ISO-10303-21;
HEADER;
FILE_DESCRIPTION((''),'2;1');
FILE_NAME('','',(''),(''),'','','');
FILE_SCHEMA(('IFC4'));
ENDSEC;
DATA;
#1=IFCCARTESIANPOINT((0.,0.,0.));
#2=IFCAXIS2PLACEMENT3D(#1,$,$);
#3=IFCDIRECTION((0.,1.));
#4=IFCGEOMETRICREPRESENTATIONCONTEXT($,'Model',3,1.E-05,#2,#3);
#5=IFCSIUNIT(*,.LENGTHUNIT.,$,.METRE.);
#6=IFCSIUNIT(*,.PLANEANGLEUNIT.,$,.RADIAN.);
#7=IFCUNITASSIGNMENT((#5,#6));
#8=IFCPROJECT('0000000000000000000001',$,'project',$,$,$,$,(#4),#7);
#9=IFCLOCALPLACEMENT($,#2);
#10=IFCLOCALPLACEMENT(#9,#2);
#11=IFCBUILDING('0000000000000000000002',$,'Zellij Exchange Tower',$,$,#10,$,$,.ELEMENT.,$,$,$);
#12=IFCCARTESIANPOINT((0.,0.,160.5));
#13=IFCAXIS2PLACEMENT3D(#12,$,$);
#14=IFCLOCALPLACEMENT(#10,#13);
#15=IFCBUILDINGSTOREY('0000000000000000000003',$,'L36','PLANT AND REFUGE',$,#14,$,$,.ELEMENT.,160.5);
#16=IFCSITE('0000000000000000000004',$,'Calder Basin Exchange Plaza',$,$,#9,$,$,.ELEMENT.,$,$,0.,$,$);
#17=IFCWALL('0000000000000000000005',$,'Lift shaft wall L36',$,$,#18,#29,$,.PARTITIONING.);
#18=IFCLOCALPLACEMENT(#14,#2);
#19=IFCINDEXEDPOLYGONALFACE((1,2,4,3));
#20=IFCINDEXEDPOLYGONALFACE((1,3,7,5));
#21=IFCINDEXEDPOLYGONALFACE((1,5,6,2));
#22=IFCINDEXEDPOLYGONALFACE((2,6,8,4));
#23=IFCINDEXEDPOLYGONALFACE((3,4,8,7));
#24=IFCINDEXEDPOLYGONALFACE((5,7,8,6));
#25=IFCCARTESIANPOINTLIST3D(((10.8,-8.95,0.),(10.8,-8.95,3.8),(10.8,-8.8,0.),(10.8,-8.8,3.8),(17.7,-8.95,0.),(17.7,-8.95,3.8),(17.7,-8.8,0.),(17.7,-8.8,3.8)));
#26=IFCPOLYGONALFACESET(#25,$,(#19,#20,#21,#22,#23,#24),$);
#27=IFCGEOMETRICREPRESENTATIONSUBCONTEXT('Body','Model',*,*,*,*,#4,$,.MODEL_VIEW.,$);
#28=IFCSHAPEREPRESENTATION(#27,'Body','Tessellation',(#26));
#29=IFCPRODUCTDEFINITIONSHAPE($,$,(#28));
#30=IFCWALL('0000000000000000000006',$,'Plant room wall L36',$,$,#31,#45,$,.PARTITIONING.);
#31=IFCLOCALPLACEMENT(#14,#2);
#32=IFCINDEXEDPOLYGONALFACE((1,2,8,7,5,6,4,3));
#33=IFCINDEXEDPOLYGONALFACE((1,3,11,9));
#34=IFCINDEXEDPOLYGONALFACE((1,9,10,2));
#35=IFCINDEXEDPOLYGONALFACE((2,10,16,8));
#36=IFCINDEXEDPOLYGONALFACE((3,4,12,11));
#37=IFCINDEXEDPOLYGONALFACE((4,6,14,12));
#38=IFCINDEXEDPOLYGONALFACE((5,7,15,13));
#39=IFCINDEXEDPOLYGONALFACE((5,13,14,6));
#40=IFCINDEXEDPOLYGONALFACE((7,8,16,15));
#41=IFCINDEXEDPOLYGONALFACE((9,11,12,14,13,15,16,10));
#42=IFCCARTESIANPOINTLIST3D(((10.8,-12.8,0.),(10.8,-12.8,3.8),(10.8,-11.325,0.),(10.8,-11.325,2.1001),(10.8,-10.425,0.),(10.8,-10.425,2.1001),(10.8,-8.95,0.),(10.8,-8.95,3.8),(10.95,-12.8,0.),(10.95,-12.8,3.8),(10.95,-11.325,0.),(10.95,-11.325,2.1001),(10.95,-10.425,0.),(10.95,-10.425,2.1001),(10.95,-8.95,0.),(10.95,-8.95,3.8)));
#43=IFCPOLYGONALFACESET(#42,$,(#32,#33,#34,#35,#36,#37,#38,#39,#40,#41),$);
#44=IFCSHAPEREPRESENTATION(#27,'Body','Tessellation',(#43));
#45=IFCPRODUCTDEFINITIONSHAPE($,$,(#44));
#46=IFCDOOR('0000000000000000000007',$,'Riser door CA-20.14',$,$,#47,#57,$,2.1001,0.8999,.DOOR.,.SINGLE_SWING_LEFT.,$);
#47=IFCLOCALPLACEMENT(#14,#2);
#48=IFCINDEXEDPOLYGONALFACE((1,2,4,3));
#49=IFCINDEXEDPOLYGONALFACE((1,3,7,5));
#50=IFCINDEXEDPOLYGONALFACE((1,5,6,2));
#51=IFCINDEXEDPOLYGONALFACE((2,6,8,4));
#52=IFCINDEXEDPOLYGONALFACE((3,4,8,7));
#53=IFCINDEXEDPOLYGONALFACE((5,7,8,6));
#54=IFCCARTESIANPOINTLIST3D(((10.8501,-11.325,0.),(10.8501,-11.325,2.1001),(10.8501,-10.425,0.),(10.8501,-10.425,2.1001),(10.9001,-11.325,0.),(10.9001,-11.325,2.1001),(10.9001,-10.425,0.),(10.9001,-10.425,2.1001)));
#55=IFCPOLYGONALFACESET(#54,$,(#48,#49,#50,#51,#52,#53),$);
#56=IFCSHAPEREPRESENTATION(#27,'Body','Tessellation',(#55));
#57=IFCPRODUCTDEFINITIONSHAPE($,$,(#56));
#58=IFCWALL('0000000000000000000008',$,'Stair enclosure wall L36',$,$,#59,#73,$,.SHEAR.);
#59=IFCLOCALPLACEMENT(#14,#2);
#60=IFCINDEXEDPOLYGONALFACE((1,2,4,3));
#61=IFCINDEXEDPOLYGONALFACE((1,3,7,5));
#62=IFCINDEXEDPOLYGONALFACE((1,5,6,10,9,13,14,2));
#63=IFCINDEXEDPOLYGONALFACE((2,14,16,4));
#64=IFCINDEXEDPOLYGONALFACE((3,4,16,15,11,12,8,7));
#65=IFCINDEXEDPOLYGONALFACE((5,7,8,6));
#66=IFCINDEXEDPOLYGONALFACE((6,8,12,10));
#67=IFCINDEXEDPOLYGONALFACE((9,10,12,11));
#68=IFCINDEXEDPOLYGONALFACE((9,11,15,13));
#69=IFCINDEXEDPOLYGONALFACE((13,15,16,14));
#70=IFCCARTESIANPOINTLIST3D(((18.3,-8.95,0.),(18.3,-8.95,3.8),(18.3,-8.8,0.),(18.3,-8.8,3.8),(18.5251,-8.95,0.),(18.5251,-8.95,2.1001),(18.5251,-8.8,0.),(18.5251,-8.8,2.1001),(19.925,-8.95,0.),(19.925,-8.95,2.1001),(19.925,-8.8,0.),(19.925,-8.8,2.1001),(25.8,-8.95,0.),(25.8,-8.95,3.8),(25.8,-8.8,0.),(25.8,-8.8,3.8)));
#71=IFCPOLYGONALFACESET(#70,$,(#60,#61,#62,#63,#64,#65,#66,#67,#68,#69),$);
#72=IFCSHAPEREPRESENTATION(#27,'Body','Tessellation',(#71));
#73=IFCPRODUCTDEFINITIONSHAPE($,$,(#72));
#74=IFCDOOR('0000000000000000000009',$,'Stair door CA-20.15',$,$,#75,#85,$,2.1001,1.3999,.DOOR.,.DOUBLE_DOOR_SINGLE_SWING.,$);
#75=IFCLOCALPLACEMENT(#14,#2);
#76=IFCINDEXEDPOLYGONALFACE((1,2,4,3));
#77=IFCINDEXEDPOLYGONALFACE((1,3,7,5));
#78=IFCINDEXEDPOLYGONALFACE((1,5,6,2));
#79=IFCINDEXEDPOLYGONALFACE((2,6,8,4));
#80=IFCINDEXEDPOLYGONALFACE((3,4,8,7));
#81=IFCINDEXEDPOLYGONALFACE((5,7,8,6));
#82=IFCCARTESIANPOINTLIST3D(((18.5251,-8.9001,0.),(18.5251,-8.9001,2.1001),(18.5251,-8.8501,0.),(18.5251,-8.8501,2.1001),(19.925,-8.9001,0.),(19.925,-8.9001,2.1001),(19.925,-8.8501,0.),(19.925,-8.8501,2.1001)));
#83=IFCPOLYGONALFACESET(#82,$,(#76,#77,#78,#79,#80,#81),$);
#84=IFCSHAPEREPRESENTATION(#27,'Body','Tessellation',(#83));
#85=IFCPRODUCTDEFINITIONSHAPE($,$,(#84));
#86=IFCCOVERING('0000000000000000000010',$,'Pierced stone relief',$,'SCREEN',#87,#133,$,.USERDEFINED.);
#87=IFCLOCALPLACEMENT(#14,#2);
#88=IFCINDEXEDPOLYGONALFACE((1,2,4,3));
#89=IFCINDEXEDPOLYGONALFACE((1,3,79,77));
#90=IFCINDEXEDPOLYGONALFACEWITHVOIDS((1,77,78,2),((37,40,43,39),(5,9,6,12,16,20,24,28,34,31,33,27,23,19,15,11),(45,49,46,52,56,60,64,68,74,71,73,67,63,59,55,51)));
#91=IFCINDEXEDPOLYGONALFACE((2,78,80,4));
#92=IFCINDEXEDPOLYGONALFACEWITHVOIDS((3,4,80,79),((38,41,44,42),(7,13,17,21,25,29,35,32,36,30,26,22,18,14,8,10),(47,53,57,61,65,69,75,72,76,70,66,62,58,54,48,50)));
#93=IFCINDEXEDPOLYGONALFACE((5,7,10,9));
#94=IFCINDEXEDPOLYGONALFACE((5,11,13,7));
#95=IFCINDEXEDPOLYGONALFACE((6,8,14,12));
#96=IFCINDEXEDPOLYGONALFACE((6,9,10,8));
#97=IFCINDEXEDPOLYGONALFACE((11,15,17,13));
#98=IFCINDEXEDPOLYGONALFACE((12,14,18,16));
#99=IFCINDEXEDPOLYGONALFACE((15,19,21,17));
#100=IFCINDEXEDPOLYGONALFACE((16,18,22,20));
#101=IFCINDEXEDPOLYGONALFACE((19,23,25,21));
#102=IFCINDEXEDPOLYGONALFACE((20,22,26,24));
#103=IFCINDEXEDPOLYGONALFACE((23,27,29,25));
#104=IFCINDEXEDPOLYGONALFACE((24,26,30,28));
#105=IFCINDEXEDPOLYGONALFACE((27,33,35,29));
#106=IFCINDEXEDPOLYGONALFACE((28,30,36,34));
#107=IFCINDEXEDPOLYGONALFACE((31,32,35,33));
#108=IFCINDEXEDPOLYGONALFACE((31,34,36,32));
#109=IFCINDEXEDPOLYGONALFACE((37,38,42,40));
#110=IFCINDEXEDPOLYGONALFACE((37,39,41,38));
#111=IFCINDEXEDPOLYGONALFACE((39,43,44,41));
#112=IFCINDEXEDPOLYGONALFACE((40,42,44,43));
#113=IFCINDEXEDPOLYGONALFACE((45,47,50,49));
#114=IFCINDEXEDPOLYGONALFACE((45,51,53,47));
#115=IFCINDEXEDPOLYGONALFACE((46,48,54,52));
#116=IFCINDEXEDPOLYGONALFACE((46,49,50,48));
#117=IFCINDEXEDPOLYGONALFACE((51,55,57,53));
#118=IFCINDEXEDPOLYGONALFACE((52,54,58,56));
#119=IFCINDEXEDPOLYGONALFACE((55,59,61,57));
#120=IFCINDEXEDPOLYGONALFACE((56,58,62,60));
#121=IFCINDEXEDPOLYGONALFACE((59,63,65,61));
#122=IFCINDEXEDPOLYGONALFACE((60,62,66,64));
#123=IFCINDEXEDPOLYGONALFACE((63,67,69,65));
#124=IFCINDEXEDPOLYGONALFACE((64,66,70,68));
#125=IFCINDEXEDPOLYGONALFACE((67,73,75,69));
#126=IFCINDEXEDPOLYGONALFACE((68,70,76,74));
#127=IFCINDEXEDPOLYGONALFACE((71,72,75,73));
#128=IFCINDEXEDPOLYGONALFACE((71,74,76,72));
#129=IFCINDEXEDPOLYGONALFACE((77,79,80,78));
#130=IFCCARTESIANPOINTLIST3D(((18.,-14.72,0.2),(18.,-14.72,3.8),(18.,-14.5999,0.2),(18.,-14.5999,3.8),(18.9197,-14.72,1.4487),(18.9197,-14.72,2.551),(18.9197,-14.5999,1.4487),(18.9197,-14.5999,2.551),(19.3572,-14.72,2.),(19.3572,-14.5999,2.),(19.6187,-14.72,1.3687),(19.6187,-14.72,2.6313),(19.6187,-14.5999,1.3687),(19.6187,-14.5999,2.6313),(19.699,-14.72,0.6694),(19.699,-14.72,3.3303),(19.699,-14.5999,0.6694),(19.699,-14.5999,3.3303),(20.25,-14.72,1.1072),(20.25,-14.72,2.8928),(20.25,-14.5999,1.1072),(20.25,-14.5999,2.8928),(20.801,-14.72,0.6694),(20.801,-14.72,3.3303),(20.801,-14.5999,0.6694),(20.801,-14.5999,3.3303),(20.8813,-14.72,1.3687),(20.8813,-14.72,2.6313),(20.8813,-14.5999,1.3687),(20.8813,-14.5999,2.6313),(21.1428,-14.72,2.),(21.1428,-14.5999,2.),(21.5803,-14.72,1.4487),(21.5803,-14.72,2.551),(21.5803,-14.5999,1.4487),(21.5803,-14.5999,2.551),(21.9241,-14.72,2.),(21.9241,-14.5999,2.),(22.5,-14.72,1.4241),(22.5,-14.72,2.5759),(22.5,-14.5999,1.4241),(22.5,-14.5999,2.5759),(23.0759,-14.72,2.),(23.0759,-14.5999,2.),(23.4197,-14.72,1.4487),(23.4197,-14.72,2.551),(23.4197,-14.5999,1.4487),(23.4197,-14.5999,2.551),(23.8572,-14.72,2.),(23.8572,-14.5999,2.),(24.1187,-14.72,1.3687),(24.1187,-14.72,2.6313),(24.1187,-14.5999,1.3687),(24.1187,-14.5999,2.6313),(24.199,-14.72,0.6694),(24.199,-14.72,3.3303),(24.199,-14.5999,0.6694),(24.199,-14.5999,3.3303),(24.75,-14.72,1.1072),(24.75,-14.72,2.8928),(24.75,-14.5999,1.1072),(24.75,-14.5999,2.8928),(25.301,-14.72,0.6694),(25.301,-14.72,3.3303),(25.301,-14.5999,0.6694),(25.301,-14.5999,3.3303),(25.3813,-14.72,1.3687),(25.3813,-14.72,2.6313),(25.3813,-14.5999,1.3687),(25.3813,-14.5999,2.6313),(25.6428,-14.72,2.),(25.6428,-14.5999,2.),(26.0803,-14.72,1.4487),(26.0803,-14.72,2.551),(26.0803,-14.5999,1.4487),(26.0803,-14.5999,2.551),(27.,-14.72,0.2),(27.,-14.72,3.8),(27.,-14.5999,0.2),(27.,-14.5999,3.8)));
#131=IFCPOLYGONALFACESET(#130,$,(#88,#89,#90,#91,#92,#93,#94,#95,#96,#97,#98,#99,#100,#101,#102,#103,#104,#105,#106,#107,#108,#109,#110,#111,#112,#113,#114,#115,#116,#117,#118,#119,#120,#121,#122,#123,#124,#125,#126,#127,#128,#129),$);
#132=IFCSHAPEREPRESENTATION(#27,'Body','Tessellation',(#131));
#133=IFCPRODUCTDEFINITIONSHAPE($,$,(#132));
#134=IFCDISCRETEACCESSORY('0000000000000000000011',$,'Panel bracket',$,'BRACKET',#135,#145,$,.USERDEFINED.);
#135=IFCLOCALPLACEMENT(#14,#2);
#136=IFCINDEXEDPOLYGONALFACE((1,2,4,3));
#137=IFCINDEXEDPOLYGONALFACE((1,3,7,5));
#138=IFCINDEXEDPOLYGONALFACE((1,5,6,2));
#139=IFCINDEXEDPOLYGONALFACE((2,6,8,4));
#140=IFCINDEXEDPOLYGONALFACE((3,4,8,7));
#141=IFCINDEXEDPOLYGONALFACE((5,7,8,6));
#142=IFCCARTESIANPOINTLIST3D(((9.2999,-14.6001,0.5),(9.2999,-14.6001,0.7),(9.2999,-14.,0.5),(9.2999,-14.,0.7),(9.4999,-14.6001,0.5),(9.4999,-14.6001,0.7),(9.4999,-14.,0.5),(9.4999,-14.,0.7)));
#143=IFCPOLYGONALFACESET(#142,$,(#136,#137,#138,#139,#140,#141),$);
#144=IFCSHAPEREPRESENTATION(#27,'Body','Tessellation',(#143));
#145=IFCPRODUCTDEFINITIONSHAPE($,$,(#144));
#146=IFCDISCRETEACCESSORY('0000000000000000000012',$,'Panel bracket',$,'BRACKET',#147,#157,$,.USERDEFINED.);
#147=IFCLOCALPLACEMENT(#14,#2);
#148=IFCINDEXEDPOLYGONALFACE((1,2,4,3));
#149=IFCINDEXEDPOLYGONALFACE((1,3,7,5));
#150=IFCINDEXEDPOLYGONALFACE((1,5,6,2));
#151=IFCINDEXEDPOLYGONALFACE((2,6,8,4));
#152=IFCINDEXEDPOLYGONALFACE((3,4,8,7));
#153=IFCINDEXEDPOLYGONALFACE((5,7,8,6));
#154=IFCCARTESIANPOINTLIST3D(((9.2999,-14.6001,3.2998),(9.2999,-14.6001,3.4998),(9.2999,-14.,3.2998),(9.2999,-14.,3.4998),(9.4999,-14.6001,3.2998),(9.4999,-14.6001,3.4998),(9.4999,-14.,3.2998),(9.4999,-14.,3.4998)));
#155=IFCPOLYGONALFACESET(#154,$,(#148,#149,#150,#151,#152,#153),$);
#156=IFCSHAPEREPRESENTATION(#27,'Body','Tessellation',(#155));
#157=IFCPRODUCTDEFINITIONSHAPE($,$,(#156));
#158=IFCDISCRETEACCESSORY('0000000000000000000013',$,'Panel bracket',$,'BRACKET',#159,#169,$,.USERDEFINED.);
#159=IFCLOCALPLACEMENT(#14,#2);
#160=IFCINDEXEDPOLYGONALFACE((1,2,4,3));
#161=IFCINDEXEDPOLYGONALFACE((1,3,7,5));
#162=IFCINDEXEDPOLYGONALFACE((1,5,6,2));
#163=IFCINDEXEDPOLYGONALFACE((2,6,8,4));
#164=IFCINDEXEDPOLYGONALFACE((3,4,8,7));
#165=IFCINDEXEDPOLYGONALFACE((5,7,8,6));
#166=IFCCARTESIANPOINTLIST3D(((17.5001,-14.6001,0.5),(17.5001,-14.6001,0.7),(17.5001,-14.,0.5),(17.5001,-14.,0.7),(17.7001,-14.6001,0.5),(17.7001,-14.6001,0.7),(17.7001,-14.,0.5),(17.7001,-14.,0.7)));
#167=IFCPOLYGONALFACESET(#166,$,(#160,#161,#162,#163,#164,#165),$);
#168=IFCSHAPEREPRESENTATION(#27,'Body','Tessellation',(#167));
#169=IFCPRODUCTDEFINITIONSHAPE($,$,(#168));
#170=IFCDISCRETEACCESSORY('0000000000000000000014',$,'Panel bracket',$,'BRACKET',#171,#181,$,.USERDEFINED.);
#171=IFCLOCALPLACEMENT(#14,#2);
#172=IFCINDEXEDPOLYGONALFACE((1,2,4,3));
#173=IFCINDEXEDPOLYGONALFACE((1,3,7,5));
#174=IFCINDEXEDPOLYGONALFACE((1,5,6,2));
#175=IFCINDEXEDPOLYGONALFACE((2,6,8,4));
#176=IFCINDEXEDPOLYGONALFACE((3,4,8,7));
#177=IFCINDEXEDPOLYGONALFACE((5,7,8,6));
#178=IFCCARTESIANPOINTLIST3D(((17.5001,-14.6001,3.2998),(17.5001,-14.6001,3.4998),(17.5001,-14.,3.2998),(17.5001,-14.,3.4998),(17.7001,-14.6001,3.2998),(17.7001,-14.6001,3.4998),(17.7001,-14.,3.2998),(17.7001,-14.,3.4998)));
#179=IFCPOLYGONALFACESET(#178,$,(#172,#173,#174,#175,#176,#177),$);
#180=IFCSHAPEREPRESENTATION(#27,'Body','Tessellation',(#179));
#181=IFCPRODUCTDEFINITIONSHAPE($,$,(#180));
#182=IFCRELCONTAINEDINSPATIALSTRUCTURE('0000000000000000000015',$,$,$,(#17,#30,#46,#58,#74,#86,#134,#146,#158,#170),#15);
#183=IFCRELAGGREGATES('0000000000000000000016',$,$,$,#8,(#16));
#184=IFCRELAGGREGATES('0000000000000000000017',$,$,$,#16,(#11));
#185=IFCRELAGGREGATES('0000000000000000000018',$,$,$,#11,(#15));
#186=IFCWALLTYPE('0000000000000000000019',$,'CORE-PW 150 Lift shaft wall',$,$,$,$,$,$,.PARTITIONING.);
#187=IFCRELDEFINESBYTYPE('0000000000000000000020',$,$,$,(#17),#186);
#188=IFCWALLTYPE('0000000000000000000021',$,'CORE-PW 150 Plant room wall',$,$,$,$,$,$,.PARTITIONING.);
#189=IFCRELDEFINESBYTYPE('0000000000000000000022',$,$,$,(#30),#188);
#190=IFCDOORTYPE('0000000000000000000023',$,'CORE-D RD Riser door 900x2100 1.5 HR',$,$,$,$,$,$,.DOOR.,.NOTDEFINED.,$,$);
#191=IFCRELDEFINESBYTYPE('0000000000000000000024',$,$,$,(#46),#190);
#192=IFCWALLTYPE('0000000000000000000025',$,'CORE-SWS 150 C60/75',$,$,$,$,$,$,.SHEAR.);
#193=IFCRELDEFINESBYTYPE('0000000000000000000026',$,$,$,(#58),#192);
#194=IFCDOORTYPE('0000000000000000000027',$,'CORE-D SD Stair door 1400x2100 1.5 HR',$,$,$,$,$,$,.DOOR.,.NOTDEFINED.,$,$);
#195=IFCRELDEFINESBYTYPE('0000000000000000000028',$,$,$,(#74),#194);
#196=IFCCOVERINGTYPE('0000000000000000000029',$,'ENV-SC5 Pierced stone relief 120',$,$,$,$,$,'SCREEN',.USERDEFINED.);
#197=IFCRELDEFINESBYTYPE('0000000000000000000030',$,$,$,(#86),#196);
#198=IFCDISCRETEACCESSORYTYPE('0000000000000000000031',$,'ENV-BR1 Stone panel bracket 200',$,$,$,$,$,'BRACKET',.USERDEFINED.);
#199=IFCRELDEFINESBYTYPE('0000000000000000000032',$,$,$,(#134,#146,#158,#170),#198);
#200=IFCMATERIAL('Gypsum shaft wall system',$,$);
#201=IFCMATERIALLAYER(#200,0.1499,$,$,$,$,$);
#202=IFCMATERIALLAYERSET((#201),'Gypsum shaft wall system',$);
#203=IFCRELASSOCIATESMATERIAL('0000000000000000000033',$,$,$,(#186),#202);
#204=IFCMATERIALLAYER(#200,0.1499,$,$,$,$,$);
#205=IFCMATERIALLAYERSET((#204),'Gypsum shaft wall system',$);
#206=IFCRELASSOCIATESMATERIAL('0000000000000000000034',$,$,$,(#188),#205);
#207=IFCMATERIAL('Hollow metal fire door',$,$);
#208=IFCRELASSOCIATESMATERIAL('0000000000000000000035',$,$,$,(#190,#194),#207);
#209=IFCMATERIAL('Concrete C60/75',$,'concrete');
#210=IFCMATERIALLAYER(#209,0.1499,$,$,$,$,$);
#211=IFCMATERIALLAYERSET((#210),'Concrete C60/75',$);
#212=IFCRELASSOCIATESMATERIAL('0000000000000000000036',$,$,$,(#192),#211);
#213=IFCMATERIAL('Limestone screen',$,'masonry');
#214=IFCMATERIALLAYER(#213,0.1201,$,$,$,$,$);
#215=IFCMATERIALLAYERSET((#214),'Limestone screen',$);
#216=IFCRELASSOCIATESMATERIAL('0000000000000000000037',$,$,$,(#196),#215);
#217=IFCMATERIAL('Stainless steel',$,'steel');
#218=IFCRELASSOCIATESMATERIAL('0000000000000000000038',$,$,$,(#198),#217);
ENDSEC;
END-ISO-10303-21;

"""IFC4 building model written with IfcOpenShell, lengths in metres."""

from ifc_helpers import new_model, si_unit, direction, frame, frame_2d, origin, origin_2d, place, context, subcontext, project, spatial, polyline, rectangle, outline, extrude, material, layer, layer_set, type_object, element, fill, save


model = new_model("IFC4")

# Units and contexts
model_context = context("Model", 3, precision=1e-05, world=origin(), true_north=direction((0.0, 1.0)))
body_context = subcontext(model_context, "Body", "Model", "MODEL_VIEW")
ifc_project = project(units=[si_unit("LENGTHUNIT", "METRE"), si_unit("PLANEANGLEUNIT", "RADIAN")], contexts=[model_context])

# Site, building, storey
site_placement = place(None, origin())
site = spatial("IfcSite", under=ifc_project, at=site_placement, Name="Calder Basin Exchange Plaza", CompositionType="ELEMENT", RefElevation=0.0)
building_placement = place(site_placement, origin())
building = spatial("IfcBuilding", under=site, at=building_placement, Name="Zellij Exchange Tower", CompositionType="ELEMENT")
storey_placement = place(building_placement, frame((0.0, 0.0, 160.5)))
storey = spatial("IfcBuildingStorey", under=building, at=storey_placement, Name="L36", Description="PLANT AND REFUGE", CompositionType="ELEMENT", Elevation=160.5)

# Wall
ifc_material_1 = material(Name="Concrete C60/75", Category="concrete")
ifc_material_2 = material(Name="Gypsum shaft wall system")
ifc_layer_1 = layer(ifc_material_2, 0.1499)
ifc_layer_set_1 = layer_set([ifc_layer_1], Name="Gypsum shaft wall system")
wall_type_1 = type_object("IfcWallType", Name="CORE-PW 150 Lift shaft wall", PredefinedType="PARTITIONING", material=ifc_layer_set_1)
wall_1_placement = place(storey_placement, frame((10.8, -8.875, 0.0), z_axis=(0.0, 0.0, 1.0), x_axis=(1.0, 0.0, 0.0)))
element("IfcWall", 1, at=wall_1_placement, inside=storey, type_object=wall_type_1, Name="Lift shaft wall L36", PredefinedType="PARTITIONING", context=body_context, shape_type="SweptSolid", body=[
    extrude(rectangle(XDim=6.8999, YDim=0.1499, at=frame_2d((3.45, 0.0))), origin(), (0.0, 0.0, 1.0), 3.8),
])

# Walls, openings, doors
ifc_layer_2 = layer(ifc_material_2, 0.1499)
ifc_layer_set_2 = layer_set([ifc_layer_2], Name="Gypsum shaft wall system")
wall_type_2 = type_object("IfcWallType", Name="CORE-PW 150 Plant room wall", PredefinedType="PARTITIONING", material=ifc_layer_set_2)
wall_2_placement = place(storey_placement, frame((10.875, -12.8, 0.0), z_axis=(0.0, 0.0, 1.0), x_axis=(0.0, 1.0, 0.0)))
wall_2 = element("IfcWall", 2, at=wall_2_placement, inside=storey, type_object=wall_type_2, Name="Plant room wall L36", PredefinedType="PARTITIONING", context=body_context, shape_type="SweptSolid", body=[
    extrude(rectangle(XDim=3.8501, YDim=0.1499, at=frame_2d((1.925, 0.0))), origin(), (0.0, 0.0, 1.0), 3.8),
])
opening_1_placement = place(wall_2_placement, frame((1.4751, 0.0, 0.0)))
opening_1 = element("IfcOpeningElement", 3, at=opening_1_placement, cuts=wall_2, PredefinedType="OPENING", context=body_context, shape_type="SweptSolid", body=[
    extrude(rectangle(XDim=0.8999, YDim=2.1001, at=frame_2d((0.45, 1.05))), frame((0.0, 0.0869, 0.0), z_axis=(0.0, -1.0, 0.0), x_axis=(1.0, 0.0, 0.0)), (0.0, 0.0, 1.0), 0.1738),
])
ifc_material_3 = material(Name="Hollow metal fire door")
door_type_1 = type_object("IfcDoorType", Name="CORE-D RD Riser door 900x2100 1.5 HR", OperationType="NOTDEFINED", PredefinedType="DOOR", material=ifc_material_3)
door_1_placement = place(opening_1_placement, origin())
door_1 = element("IfcDoor", 4, at=door_1_placement, inside=storey, type_object=door_type_1, Name="Riser door CA-20.14", OperationType="SINGLE_SWING_LEFT", OverallHeight=2.1001, OverallWidth=0.8999, PredefinedType="DOOR", context=body_context, shape_type="SweptSolid", body=[
    extrude(rectangle(XDim=0.8999, YDim=2.1001, at=frame_2d((0.45, 1.05))), frame((0.0, 0.0249, 0.0), z_axis=(0.0, -1.0, 0.0), x_axis=(1.0, 0.0, 0.0)), (0.0, 0.0, 1.0), 0.05),
])
fill(opening_1, door_1)
ifc_layer_3 = layer(ifc_material_1, 0.1499)
ifc_layer_set_3 = layer_set([ifc_layer_3], Name="Concrete C60/75")
wall_type_3 = type_object("IfcWallType", Name="CORE-SWS 150 C60/75", PredefinedType="SHEAR", material=ifc_layer_set_3)
wall_3_placement = place(storey_placement, frame((18.3, -8.875, 0.0), z_axis=(0.0, 0.0, 1.0), x_axis=(1.0, 0.0, 0.0)))
wall_3 = element("IfcWall", 5, at=wall_3_placement, inside=storey, type_object=wall_type_3, Name="Stair enclosure wall L36", PredefinedType="SHEAR", context=body_context, shape_type="SweptSolid", body=[
    extrude(rectangle(XDim=7.5, YDim=0.1499, at=frame_2d((3.75, 0.0))), origin(), (0.0, 0.0, 1.0), 3.8),
])
opening_2_placement = place(wall_3_placement, frame((0.2251, 0.0, 0.0)))
opening_2 = element("IfcOpeningElement", 6, at=opening_2_placement, cuts=wall_3, PredefinedType="OPENING", context=body_context, shape_type="SweptSolid", body=[
    extrude(rectangle(XDim=1.3999, YDim=2.1001, at=frame_2d((0.7, 1.05))), frame((0.0, 0.0869, 0.0), z_axis=(0.0, -1.0, 0.0), x_axis=(1.0, 0.0, 0.0)), (0.0, 0.0, 1.0), 0.1738),
])
door_type_2 = type_object("IfcDoorType", Name="CORE-D SD Stair door 1400x2100 1.5 HR", OperationType="NOTDEFINED", PredefinedType="DOOR", material=ifc_material_3)
door_2_placement = place(opening_2_placement, origin())
door_2 = element("IfcDoor", 7, at=door_2_placement, inside=storey, type_object=door_type_2, Name="Stair door CA-20.15", OperationType="DOUBLE_DOOR_SINGLE_SWING", OverallHeight=2.1001, OverallWidth=1.3999, PredefinedType="DOOR", context=body_context, shape_type="SweptSolid", body=[
    extrude(rectangle(XDim=1.3999, YDim=2.1001, at=frame_2d((0.7, 1.05))), frame((0.0, 0.0249, 0.0), z_axis=(0.0, -1.0, 0.0), x_axis=(1.0, 0.0, 0.0)), (0.0, 0.0, 1.0), 0.05),
])
fill(opening_2, door_2)

# Covering
ifc_material_4 = material(Name="Limestone screen", Category="masonry")
ifc_layer_4 = layer(ifc_material_4, 0.1201)
ifc_layer_set_4 = layer_set([ifc_layer_4], Name="Limestone screen")
covering_type = type_object("IfcCoveringType", Name="ENV-SC5 Pierced stone relief 120", ElementType="SCREEN", PredefinedType="USERDEFINED", material=ifc_layer_set_4)
covering_placement = place(storey_placement, frame((18.0, -14.6599, 0.2), z_axis=(0.0, 0.0, 1.0), x_axis=(1.0, 0.0, 0.0)))
element("IfcCovering", 8, at=covering_placement, inside=storey, type_object=covering_type, Name="Pierced stone relief", ObjectType="SCREEN", PredefinedType="USERDEFINED", context=body_context, shape_type="SweptSolid", body=[
    extrude(outline(polyline([(0.0, 0.0), (9.0, 0.0), (9.0, 3.6001), (0.0, 3.6001), (0.0, 0.0)]), holes=[polyline([(3.5803, 2.3511), (2.8813, 2.4314), (2.801, 3.1304), (2.25, 2.6929), (1.699, 3.1304), (1.6187, 2.4314), (0.9197, 2.3511), (1.3572, 1.8), (0.9197, 1.2488), (1.6187, 1.1687), (1.699, 0.4695), (2.25, 0.9072), (2.801, 0.4695), (2.8813, 1.1687), (3.5803, 1.2488), (3.1428, 1.8), (3.5803, 2.3511)]), polyline([(8.0803, 2.3511), (7.3813, 2.4314), (7.301, 3.1304), (6.75, 2.6929), (6.199, 3.1304), (6.1187, 2.4314), (5.4197, 2.3511), (5.8572, 1.8), (5.4197, 1.2488), (6.1187, 1.1687), (6.199, 0.4695), (6.75, 0.9072), (7.301, 0.4695), (7.3813, 1.1687), (8.0803, 1.2488), (7.6428, 1.8), (8.0803, 2.3511)]), polyline([(5.0759, 1.8), (4.5, 2.376), (3.9241, 1.8), (4.5, 1.2241), (5.0759, 1.8)])]), frame((0.0, 0.0601, 0.0), z_axis=(0.0, -1.0, 0.0), x_axis=(1.0, 0.0, 0.0)), (0.0, 0.0, 1.0), 0.1201),
])

# Discrete accessories
ifc_material_5 = material(Name="Stainless steel", Category="steel")
discrete_accessory_type = type_object("IfcDiscreteAccessoryType", Name="ENV-BR1 Stone panel bracket 200", ElementType="BRACKET", PredefinedType="USERDEFINED", material=ifc_material_5)
for number, where, z_axis, x_axis, name in (
    (9, (9.3999, -14.3, 0.5), (0.0, 0.0, 1.0), (1.0, 0.0, 0.0), "Panel bracket"),
    (10, (9.3999, -14.3, 3.2998), (0.0, 0.0, 1.0), (1.0, 0.0, 0.0), "Panel bracket"),
    (11, (17.6001, -14.3, 0.5), (0.0, 0.0, 1.0), (1.0, 0.0, 0.0), "Panel bracket"),
    (12, (17.6001, -14.3, 3.2998), (0.0, 0.0, 1.0), (1.0, 0.0, 0.0), "Panel bracket"),
):
    element("IfcDiscreteAccessory", number, at=place(storey_placement, frame(where, z_axis=z_axis, x_axis=x_axis)), inside=storey, type_object=discrete_accessory_type, Name=name, ObjectType="BRACKET", PredefinedType="USERDEFINED", context=body_context, shape_type="SweptSolid", body=[
        extrude(rectangle(XDim=0.2, YDim=0.6001, at=origin_2d()), origin(), (0.0, 0.0, 1.0), 0.2),
    ])

save(model, "model.ifc")
